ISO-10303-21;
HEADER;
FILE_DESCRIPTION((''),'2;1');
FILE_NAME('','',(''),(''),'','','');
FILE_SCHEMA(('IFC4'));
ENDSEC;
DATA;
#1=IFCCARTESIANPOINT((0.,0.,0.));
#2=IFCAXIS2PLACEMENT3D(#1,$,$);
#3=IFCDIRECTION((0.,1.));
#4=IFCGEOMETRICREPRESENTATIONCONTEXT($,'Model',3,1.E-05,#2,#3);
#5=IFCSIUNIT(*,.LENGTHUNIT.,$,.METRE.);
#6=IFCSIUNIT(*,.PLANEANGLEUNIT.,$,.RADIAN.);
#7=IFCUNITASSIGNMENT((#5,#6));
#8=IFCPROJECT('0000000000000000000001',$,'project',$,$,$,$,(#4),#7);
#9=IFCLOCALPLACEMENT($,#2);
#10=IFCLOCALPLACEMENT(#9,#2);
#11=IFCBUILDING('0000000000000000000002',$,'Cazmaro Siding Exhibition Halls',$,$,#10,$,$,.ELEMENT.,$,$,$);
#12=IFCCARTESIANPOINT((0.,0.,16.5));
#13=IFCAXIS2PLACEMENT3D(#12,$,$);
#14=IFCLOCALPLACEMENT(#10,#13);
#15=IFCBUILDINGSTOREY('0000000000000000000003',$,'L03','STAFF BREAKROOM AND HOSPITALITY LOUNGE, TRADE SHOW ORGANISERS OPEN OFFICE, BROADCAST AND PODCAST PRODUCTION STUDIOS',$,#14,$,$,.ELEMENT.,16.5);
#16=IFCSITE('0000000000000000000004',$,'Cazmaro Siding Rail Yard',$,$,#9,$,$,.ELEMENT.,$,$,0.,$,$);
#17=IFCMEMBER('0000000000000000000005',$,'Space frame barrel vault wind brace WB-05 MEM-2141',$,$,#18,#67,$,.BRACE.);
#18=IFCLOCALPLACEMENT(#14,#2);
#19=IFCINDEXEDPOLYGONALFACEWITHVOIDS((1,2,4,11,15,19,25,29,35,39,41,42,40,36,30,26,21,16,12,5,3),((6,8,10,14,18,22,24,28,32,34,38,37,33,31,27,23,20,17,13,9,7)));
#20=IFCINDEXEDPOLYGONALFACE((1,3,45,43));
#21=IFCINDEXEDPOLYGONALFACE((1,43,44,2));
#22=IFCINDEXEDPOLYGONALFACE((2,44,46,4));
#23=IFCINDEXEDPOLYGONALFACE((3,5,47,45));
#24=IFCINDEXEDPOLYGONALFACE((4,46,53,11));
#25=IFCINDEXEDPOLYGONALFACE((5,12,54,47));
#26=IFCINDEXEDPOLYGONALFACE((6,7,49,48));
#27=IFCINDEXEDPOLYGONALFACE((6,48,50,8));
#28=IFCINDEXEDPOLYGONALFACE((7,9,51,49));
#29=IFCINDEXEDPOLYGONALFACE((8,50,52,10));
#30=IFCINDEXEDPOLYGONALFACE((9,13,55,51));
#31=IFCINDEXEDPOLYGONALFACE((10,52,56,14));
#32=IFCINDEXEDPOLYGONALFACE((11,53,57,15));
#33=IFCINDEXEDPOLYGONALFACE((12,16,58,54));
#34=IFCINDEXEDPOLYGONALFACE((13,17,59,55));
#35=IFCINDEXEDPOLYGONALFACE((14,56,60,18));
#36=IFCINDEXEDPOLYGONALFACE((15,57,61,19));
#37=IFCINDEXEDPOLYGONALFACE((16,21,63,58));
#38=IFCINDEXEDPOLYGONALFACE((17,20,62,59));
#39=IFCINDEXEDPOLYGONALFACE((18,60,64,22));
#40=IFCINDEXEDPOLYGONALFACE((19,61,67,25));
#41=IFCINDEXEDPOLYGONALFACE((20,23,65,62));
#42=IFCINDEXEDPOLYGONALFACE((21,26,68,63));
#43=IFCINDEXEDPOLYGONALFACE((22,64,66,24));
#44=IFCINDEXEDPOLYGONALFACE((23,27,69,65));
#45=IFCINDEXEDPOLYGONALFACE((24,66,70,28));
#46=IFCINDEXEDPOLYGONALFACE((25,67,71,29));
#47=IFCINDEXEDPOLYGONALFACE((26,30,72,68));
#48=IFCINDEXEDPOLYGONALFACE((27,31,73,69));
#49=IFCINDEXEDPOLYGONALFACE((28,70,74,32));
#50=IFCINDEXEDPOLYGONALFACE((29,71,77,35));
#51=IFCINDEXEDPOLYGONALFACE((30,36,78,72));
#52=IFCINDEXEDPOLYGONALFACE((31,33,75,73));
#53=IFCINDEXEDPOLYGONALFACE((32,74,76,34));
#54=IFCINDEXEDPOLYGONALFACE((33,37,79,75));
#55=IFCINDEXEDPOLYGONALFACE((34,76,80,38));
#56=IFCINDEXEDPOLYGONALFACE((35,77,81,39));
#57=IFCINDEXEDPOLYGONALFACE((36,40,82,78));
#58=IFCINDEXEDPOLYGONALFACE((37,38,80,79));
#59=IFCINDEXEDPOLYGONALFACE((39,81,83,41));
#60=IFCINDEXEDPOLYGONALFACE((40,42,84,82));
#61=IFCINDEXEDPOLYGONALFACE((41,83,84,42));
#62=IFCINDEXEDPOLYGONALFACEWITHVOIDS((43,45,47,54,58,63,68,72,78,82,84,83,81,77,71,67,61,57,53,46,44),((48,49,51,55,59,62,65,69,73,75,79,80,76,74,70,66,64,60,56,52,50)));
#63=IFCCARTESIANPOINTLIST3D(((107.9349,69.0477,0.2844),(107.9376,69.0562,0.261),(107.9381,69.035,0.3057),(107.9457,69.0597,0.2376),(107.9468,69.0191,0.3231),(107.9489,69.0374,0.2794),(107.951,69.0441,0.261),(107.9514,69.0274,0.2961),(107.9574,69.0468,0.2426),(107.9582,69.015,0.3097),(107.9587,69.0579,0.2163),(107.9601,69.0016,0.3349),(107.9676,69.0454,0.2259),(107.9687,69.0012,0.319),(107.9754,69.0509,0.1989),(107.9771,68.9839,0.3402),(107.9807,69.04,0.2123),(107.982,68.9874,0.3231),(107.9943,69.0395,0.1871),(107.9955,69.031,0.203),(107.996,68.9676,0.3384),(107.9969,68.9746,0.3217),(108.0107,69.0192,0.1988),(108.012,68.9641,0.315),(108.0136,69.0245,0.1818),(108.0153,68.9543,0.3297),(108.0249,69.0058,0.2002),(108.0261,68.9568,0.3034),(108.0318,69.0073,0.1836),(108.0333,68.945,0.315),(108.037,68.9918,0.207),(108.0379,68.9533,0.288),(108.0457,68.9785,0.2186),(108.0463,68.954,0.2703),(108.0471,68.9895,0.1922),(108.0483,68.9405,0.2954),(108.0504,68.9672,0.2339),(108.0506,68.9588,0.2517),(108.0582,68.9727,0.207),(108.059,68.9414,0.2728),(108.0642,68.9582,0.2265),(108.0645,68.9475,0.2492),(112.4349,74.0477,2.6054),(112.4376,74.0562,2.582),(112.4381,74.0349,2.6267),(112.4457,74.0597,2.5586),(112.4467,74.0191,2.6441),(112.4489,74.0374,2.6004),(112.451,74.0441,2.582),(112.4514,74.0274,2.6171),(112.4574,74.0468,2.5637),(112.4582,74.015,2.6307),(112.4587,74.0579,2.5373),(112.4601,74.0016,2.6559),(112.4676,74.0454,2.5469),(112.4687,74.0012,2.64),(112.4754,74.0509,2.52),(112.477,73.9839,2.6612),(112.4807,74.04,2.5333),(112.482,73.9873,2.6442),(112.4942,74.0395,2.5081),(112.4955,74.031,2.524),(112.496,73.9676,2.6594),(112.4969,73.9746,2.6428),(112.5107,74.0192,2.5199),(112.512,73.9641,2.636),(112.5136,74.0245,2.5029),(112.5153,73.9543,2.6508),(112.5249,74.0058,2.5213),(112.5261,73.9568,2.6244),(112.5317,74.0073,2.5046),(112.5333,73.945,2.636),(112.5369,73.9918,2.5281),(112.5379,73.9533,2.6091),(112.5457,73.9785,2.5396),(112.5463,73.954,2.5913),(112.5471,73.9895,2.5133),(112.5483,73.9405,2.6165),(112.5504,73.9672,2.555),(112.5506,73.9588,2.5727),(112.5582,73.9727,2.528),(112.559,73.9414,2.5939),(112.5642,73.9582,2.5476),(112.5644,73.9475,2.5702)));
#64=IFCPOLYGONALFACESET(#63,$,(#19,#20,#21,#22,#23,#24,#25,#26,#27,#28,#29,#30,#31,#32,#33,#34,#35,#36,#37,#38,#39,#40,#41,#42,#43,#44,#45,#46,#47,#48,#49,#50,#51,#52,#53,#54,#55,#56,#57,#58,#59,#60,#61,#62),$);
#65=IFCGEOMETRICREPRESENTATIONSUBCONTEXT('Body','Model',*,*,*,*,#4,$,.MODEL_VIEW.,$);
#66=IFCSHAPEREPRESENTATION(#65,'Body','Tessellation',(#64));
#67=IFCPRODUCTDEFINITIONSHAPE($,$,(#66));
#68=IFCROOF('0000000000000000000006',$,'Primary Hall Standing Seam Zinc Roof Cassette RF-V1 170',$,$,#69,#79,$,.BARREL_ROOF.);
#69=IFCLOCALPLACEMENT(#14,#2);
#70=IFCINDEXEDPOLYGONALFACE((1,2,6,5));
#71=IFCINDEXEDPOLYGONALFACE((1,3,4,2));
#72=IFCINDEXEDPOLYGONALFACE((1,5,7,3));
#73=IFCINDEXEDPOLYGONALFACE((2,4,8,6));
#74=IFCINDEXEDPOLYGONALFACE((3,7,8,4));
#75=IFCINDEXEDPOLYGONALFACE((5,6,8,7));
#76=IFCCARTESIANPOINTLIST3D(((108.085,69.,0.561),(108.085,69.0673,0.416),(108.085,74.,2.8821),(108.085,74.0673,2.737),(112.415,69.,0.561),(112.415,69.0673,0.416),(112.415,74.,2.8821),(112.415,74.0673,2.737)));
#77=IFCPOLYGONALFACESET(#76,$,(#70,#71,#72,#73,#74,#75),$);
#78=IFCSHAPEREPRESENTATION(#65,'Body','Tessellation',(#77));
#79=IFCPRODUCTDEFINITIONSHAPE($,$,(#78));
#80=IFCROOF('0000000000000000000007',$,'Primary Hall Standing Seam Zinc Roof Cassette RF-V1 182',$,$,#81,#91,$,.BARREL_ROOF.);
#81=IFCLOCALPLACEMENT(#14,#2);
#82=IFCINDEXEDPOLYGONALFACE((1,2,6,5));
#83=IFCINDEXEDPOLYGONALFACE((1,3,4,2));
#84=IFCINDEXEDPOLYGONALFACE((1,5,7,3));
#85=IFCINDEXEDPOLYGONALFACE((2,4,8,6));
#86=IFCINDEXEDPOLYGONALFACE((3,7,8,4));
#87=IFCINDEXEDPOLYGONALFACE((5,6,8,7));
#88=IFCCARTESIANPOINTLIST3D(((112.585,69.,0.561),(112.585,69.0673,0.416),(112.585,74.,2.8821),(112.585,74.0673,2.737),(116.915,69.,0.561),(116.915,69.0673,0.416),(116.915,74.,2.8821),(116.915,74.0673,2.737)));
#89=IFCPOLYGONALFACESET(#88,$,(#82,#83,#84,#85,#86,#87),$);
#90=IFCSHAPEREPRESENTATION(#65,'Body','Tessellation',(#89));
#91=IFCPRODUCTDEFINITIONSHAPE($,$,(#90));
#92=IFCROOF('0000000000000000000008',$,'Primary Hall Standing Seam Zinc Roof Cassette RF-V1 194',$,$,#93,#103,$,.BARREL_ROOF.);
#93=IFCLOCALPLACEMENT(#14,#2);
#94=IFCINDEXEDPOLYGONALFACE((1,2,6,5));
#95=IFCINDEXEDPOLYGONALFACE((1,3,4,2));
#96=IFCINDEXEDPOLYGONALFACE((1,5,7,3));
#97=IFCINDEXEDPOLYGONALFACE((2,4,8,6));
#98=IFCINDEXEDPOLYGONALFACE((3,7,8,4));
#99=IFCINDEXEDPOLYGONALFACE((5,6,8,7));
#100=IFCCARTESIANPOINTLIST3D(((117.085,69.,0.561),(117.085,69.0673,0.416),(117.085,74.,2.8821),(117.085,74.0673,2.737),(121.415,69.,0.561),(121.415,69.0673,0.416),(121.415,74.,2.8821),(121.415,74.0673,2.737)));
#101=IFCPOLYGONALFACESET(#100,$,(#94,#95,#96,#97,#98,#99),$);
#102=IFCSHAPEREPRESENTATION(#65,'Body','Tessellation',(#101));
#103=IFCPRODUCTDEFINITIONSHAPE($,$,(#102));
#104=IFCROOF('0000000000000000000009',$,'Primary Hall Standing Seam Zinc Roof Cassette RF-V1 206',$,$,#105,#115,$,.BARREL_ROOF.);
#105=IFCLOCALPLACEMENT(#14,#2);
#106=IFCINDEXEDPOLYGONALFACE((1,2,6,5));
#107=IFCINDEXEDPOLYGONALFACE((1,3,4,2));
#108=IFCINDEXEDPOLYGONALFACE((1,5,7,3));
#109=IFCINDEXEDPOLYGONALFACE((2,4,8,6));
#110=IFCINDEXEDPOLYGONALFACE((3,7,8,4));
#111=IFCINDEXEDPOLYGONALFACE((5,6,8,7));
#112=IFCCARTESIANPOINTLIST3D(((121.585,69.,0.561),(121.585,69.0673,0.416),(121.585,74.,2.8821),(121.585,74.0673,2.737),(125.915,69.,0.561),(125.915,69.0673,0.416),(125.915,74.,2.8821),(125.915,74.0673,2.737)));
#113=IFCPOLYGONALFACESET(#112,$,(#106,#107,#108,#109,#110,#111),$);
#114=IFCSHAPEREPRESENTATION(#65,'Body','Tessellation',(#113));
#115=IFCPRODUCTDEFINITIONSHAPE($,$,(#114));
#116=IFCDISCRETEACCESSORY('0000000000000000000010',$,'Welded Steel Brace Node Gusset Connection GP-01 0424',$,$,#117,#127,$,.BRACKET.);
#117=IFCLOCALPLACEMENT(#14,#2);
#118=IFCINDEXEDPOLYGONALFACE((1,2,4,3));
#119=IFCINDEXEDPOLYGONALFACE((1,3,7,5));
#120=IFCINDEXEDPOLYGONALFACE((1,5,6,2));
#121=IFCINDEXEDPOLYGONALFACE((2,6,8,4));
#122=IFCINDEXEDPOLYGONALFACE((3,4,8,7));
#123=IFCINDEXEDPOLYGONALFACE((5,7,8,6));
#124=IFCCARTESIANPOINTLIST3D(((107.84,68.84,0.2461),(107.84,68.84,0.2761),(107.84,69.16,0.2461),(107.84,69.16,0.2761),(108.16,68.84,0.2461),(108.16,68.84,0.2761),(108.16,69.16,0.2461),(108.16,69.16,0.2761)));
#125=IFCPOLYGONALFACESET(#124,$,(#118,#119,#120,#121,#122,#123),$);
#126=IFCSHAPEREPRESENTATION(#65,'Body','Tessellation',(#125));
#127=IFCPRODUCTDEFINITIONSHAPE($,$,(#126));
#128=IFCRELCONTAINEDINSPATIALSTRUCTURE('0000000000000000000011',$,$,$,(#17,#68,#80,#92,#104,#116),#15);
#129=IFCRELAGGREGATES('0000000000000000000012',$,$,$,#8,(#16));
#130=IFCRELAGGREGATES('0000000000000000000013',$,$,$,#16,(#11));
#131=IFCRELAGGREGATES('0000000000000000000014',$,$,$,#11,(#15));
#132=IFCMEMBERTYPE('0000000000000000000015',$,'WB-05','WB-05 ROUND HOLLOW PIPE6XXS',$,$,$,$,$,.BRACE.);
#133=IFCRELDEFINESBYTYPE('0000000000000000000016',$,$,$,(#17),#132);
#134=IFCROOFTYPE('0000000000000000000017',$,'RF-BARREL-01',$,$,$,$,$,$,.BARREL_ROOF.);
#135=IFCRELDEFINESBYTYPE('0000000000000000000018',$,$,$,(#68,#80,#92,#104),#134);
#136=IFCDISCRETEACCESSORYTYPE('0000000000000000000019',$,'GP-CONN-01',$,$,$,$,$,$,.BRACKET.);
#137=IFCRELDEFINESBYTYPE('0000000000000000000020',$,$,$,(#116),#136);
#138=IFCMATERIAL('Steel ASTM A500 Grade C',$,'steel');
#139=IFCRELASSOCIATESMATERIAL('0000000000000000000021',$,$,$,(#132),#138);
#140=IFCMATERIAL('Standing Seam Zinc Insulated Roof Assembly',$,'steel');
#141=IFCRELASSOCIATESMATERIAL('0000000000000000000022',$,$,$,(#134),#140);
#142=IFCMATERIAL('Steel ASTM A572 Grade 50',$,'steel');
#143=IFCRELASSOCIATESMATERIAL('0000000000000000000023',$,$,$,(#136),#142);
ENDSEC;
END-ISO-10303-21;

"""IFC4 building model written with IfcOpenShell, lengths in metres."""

from ifc_helpers import new_model, si_unit, direction, frame, origin, origin_2d, place, context, subcontext, project, spatial, polyline, rectangle, hollow_circle, outline, extrude, material, material_profile, profile_set, type_object, element, save


model = new_model("IFC4")

# Units and contexts
model_context = context("Model", 3, precision=1e-05, world=origin(), true_north=direction((0.0, 1.0)))
body_context = subcontext(model_context, "Body", "Model", "MODEL_VIEW")
ifc_project = project(units=[si_unit("LENGTHUNIT", "METRE"), si_unit("PLANEANGLEUNIT", "RADIAN")], contexts=[model_context])

# Site, building, storey
site_placement = place(None, origin())
site = spatial("IfcSite", under=ifc_project, at=site_placement, Name="Cazmaro Siding Rail Yard", CompositionType="ELEMENT", RefElevation=0.0)
building_placement = place(site_placement, origin())
building = spatial("IfcBuilding", under=site, at=building_placement, Name="Cazmaro Siding Exhibition Halls", CompositionType="ELEMENT")
storey_placement = place(building_placement, frame((0.0, 0.0, 16.5)))
storey = spatial("IfcBuildingStorey", under=building, at=storey_placement, Name="L03", Description="STAFF BREAKROOM AND HOSPITALITY LOUNGE, TRADE SHOW ORGANISERS OPEN OFFICE, BROADCAST AND PODCAST PRODUCTION STUDIOS", CompositionType="ELEMENT", Elevation=16.5)

# Member
ifc_material_1 = material(Name="Steel ASTM A500 Grade C", Category="steel")
ifc_material_profile_1 = material_profile(ifc_material_1, hollow_circle(Radius=0.084, WallThickness=0.0181, at=origin_2d()), Name="PIPE6XXS")
ifc_profile_set_1 = profile_set([ifc_material_profile_1], Name="Steel ASTM A500 Grade C")
member_type_1 = type_object("IfcMemberType", Name="WB-05", Description="WB-05 ROUND HOLLOW PIPE6XXS", PredefinedType="BRACE", material=ifc_profile_set_1)
member_placement = place(storey_placement, frame((108.0, 69.0, 0.261), z_axis=(0.632379, 0.702643, 0.326173), x_axis=(-0.743294, 0.668965, 0.0)))
element("IfcMember", 1, at=member_placement, inside=storey, type_object=member_type_1, Name="Space frame barrel vault wind brace WB-05 MEM-2141", PredefinedType="BRACE", context=body_context, shape_type="SweptSolid", body=[
    extrude(hollow_circle(Radius=0.084, WallThickness=0.0181, at=origin_2d()), origin(), (0.0, 0.0, 1.0), 7.116),
])

# Roofs
ifc_material_2 = material(Name="Standing Seam Zinc Insulated Roof Assembly", Category="steel")
roof_type = type_object("IfcRoofType", Name="RF-BARREL-01", PredefinedType="BARREL_ROOF", material=ifc_material_2)
for number, where, z_axis, x_axis, name in (
    (2, (108.085, 69.0, 0.561), (0.0, -0.421054, 0.907036), (1.0, 0.0, 0.0), "Primary Hall Standing Seam Zinc Roof Cassette RF-V1 170"),
    (3, (112.585, 69.0, 0.561), (0.0, -0.421054, 0.907036), (1.0, 0.0, 0.0), "Primary Hall Standing Seam Zinc Roof Cassette RF-V1 182"),
    (4, (117.085, 69.0, 0.561), (0.0, -0.421054, 0.907036), (1.0, 0.0, 0.0), "Primary Hall Standing Seam Zinc Roof Cassette RF-V1 194"),
    (5, (121.585, 69.0, 0.561), (0.0, -0.421054, 0.907036), (1.0, 0.0, 0.0), "Primary Hall Standing Seam Zinc Roof Cassette RF-V1 206"),
):
    element("IfcRoof", number, at=place(storey_placement, frame(where, z_axis=z_axis, x_axis=x_axis)), inside=storey, type_object=roof_type, Name=name, PredefinedType="BARREL_ROOF", context=body_context, shape_type="SweptSolid", body=[
        extrude(outline(polyline([(0.0, 0.0), (4.3301, 0.0), (4.3301, 5.5125), (0.0, 5.5125), (0.0, 0.0)])), origin(), (0.0, 0.0, -1.0), 0.1599),
    ])

# Discrete accessory
ifc_material_3 = material(Name="Steel ASTM A572 Grade 50", Category="steel")
discrete_accessory_type = type_object("IfcDiscreteAccessoryType", Name="GP-CONN-01", PredefinedType="BRACKET", material=ifc_material_3)
discrete_accessory_placement = place(storey_placement, frame((108.0, 69.0, 0.2461), z_axis=(0.0, 0.0, 1.0), x_axis=(1.0, 0.0, 0.0)))
element("IfcDiscreteAccessory", 6, at=discrete_accessory_placement, inside=storey, type_object=discrete_accessory_type, Name="Welded Steel Brace Node Gusset Connection GP-01 0424", PredefinedType="BRACKET", context=body_context, shape_type="SweptSolid", body=[
    extrude(rectangle(XDim=0.3201, YDim=0.3201, at=origin_2d()), origin(), (0.0, 0.0, 1.0), 0.03),
])

save(model, "model.ifc")
